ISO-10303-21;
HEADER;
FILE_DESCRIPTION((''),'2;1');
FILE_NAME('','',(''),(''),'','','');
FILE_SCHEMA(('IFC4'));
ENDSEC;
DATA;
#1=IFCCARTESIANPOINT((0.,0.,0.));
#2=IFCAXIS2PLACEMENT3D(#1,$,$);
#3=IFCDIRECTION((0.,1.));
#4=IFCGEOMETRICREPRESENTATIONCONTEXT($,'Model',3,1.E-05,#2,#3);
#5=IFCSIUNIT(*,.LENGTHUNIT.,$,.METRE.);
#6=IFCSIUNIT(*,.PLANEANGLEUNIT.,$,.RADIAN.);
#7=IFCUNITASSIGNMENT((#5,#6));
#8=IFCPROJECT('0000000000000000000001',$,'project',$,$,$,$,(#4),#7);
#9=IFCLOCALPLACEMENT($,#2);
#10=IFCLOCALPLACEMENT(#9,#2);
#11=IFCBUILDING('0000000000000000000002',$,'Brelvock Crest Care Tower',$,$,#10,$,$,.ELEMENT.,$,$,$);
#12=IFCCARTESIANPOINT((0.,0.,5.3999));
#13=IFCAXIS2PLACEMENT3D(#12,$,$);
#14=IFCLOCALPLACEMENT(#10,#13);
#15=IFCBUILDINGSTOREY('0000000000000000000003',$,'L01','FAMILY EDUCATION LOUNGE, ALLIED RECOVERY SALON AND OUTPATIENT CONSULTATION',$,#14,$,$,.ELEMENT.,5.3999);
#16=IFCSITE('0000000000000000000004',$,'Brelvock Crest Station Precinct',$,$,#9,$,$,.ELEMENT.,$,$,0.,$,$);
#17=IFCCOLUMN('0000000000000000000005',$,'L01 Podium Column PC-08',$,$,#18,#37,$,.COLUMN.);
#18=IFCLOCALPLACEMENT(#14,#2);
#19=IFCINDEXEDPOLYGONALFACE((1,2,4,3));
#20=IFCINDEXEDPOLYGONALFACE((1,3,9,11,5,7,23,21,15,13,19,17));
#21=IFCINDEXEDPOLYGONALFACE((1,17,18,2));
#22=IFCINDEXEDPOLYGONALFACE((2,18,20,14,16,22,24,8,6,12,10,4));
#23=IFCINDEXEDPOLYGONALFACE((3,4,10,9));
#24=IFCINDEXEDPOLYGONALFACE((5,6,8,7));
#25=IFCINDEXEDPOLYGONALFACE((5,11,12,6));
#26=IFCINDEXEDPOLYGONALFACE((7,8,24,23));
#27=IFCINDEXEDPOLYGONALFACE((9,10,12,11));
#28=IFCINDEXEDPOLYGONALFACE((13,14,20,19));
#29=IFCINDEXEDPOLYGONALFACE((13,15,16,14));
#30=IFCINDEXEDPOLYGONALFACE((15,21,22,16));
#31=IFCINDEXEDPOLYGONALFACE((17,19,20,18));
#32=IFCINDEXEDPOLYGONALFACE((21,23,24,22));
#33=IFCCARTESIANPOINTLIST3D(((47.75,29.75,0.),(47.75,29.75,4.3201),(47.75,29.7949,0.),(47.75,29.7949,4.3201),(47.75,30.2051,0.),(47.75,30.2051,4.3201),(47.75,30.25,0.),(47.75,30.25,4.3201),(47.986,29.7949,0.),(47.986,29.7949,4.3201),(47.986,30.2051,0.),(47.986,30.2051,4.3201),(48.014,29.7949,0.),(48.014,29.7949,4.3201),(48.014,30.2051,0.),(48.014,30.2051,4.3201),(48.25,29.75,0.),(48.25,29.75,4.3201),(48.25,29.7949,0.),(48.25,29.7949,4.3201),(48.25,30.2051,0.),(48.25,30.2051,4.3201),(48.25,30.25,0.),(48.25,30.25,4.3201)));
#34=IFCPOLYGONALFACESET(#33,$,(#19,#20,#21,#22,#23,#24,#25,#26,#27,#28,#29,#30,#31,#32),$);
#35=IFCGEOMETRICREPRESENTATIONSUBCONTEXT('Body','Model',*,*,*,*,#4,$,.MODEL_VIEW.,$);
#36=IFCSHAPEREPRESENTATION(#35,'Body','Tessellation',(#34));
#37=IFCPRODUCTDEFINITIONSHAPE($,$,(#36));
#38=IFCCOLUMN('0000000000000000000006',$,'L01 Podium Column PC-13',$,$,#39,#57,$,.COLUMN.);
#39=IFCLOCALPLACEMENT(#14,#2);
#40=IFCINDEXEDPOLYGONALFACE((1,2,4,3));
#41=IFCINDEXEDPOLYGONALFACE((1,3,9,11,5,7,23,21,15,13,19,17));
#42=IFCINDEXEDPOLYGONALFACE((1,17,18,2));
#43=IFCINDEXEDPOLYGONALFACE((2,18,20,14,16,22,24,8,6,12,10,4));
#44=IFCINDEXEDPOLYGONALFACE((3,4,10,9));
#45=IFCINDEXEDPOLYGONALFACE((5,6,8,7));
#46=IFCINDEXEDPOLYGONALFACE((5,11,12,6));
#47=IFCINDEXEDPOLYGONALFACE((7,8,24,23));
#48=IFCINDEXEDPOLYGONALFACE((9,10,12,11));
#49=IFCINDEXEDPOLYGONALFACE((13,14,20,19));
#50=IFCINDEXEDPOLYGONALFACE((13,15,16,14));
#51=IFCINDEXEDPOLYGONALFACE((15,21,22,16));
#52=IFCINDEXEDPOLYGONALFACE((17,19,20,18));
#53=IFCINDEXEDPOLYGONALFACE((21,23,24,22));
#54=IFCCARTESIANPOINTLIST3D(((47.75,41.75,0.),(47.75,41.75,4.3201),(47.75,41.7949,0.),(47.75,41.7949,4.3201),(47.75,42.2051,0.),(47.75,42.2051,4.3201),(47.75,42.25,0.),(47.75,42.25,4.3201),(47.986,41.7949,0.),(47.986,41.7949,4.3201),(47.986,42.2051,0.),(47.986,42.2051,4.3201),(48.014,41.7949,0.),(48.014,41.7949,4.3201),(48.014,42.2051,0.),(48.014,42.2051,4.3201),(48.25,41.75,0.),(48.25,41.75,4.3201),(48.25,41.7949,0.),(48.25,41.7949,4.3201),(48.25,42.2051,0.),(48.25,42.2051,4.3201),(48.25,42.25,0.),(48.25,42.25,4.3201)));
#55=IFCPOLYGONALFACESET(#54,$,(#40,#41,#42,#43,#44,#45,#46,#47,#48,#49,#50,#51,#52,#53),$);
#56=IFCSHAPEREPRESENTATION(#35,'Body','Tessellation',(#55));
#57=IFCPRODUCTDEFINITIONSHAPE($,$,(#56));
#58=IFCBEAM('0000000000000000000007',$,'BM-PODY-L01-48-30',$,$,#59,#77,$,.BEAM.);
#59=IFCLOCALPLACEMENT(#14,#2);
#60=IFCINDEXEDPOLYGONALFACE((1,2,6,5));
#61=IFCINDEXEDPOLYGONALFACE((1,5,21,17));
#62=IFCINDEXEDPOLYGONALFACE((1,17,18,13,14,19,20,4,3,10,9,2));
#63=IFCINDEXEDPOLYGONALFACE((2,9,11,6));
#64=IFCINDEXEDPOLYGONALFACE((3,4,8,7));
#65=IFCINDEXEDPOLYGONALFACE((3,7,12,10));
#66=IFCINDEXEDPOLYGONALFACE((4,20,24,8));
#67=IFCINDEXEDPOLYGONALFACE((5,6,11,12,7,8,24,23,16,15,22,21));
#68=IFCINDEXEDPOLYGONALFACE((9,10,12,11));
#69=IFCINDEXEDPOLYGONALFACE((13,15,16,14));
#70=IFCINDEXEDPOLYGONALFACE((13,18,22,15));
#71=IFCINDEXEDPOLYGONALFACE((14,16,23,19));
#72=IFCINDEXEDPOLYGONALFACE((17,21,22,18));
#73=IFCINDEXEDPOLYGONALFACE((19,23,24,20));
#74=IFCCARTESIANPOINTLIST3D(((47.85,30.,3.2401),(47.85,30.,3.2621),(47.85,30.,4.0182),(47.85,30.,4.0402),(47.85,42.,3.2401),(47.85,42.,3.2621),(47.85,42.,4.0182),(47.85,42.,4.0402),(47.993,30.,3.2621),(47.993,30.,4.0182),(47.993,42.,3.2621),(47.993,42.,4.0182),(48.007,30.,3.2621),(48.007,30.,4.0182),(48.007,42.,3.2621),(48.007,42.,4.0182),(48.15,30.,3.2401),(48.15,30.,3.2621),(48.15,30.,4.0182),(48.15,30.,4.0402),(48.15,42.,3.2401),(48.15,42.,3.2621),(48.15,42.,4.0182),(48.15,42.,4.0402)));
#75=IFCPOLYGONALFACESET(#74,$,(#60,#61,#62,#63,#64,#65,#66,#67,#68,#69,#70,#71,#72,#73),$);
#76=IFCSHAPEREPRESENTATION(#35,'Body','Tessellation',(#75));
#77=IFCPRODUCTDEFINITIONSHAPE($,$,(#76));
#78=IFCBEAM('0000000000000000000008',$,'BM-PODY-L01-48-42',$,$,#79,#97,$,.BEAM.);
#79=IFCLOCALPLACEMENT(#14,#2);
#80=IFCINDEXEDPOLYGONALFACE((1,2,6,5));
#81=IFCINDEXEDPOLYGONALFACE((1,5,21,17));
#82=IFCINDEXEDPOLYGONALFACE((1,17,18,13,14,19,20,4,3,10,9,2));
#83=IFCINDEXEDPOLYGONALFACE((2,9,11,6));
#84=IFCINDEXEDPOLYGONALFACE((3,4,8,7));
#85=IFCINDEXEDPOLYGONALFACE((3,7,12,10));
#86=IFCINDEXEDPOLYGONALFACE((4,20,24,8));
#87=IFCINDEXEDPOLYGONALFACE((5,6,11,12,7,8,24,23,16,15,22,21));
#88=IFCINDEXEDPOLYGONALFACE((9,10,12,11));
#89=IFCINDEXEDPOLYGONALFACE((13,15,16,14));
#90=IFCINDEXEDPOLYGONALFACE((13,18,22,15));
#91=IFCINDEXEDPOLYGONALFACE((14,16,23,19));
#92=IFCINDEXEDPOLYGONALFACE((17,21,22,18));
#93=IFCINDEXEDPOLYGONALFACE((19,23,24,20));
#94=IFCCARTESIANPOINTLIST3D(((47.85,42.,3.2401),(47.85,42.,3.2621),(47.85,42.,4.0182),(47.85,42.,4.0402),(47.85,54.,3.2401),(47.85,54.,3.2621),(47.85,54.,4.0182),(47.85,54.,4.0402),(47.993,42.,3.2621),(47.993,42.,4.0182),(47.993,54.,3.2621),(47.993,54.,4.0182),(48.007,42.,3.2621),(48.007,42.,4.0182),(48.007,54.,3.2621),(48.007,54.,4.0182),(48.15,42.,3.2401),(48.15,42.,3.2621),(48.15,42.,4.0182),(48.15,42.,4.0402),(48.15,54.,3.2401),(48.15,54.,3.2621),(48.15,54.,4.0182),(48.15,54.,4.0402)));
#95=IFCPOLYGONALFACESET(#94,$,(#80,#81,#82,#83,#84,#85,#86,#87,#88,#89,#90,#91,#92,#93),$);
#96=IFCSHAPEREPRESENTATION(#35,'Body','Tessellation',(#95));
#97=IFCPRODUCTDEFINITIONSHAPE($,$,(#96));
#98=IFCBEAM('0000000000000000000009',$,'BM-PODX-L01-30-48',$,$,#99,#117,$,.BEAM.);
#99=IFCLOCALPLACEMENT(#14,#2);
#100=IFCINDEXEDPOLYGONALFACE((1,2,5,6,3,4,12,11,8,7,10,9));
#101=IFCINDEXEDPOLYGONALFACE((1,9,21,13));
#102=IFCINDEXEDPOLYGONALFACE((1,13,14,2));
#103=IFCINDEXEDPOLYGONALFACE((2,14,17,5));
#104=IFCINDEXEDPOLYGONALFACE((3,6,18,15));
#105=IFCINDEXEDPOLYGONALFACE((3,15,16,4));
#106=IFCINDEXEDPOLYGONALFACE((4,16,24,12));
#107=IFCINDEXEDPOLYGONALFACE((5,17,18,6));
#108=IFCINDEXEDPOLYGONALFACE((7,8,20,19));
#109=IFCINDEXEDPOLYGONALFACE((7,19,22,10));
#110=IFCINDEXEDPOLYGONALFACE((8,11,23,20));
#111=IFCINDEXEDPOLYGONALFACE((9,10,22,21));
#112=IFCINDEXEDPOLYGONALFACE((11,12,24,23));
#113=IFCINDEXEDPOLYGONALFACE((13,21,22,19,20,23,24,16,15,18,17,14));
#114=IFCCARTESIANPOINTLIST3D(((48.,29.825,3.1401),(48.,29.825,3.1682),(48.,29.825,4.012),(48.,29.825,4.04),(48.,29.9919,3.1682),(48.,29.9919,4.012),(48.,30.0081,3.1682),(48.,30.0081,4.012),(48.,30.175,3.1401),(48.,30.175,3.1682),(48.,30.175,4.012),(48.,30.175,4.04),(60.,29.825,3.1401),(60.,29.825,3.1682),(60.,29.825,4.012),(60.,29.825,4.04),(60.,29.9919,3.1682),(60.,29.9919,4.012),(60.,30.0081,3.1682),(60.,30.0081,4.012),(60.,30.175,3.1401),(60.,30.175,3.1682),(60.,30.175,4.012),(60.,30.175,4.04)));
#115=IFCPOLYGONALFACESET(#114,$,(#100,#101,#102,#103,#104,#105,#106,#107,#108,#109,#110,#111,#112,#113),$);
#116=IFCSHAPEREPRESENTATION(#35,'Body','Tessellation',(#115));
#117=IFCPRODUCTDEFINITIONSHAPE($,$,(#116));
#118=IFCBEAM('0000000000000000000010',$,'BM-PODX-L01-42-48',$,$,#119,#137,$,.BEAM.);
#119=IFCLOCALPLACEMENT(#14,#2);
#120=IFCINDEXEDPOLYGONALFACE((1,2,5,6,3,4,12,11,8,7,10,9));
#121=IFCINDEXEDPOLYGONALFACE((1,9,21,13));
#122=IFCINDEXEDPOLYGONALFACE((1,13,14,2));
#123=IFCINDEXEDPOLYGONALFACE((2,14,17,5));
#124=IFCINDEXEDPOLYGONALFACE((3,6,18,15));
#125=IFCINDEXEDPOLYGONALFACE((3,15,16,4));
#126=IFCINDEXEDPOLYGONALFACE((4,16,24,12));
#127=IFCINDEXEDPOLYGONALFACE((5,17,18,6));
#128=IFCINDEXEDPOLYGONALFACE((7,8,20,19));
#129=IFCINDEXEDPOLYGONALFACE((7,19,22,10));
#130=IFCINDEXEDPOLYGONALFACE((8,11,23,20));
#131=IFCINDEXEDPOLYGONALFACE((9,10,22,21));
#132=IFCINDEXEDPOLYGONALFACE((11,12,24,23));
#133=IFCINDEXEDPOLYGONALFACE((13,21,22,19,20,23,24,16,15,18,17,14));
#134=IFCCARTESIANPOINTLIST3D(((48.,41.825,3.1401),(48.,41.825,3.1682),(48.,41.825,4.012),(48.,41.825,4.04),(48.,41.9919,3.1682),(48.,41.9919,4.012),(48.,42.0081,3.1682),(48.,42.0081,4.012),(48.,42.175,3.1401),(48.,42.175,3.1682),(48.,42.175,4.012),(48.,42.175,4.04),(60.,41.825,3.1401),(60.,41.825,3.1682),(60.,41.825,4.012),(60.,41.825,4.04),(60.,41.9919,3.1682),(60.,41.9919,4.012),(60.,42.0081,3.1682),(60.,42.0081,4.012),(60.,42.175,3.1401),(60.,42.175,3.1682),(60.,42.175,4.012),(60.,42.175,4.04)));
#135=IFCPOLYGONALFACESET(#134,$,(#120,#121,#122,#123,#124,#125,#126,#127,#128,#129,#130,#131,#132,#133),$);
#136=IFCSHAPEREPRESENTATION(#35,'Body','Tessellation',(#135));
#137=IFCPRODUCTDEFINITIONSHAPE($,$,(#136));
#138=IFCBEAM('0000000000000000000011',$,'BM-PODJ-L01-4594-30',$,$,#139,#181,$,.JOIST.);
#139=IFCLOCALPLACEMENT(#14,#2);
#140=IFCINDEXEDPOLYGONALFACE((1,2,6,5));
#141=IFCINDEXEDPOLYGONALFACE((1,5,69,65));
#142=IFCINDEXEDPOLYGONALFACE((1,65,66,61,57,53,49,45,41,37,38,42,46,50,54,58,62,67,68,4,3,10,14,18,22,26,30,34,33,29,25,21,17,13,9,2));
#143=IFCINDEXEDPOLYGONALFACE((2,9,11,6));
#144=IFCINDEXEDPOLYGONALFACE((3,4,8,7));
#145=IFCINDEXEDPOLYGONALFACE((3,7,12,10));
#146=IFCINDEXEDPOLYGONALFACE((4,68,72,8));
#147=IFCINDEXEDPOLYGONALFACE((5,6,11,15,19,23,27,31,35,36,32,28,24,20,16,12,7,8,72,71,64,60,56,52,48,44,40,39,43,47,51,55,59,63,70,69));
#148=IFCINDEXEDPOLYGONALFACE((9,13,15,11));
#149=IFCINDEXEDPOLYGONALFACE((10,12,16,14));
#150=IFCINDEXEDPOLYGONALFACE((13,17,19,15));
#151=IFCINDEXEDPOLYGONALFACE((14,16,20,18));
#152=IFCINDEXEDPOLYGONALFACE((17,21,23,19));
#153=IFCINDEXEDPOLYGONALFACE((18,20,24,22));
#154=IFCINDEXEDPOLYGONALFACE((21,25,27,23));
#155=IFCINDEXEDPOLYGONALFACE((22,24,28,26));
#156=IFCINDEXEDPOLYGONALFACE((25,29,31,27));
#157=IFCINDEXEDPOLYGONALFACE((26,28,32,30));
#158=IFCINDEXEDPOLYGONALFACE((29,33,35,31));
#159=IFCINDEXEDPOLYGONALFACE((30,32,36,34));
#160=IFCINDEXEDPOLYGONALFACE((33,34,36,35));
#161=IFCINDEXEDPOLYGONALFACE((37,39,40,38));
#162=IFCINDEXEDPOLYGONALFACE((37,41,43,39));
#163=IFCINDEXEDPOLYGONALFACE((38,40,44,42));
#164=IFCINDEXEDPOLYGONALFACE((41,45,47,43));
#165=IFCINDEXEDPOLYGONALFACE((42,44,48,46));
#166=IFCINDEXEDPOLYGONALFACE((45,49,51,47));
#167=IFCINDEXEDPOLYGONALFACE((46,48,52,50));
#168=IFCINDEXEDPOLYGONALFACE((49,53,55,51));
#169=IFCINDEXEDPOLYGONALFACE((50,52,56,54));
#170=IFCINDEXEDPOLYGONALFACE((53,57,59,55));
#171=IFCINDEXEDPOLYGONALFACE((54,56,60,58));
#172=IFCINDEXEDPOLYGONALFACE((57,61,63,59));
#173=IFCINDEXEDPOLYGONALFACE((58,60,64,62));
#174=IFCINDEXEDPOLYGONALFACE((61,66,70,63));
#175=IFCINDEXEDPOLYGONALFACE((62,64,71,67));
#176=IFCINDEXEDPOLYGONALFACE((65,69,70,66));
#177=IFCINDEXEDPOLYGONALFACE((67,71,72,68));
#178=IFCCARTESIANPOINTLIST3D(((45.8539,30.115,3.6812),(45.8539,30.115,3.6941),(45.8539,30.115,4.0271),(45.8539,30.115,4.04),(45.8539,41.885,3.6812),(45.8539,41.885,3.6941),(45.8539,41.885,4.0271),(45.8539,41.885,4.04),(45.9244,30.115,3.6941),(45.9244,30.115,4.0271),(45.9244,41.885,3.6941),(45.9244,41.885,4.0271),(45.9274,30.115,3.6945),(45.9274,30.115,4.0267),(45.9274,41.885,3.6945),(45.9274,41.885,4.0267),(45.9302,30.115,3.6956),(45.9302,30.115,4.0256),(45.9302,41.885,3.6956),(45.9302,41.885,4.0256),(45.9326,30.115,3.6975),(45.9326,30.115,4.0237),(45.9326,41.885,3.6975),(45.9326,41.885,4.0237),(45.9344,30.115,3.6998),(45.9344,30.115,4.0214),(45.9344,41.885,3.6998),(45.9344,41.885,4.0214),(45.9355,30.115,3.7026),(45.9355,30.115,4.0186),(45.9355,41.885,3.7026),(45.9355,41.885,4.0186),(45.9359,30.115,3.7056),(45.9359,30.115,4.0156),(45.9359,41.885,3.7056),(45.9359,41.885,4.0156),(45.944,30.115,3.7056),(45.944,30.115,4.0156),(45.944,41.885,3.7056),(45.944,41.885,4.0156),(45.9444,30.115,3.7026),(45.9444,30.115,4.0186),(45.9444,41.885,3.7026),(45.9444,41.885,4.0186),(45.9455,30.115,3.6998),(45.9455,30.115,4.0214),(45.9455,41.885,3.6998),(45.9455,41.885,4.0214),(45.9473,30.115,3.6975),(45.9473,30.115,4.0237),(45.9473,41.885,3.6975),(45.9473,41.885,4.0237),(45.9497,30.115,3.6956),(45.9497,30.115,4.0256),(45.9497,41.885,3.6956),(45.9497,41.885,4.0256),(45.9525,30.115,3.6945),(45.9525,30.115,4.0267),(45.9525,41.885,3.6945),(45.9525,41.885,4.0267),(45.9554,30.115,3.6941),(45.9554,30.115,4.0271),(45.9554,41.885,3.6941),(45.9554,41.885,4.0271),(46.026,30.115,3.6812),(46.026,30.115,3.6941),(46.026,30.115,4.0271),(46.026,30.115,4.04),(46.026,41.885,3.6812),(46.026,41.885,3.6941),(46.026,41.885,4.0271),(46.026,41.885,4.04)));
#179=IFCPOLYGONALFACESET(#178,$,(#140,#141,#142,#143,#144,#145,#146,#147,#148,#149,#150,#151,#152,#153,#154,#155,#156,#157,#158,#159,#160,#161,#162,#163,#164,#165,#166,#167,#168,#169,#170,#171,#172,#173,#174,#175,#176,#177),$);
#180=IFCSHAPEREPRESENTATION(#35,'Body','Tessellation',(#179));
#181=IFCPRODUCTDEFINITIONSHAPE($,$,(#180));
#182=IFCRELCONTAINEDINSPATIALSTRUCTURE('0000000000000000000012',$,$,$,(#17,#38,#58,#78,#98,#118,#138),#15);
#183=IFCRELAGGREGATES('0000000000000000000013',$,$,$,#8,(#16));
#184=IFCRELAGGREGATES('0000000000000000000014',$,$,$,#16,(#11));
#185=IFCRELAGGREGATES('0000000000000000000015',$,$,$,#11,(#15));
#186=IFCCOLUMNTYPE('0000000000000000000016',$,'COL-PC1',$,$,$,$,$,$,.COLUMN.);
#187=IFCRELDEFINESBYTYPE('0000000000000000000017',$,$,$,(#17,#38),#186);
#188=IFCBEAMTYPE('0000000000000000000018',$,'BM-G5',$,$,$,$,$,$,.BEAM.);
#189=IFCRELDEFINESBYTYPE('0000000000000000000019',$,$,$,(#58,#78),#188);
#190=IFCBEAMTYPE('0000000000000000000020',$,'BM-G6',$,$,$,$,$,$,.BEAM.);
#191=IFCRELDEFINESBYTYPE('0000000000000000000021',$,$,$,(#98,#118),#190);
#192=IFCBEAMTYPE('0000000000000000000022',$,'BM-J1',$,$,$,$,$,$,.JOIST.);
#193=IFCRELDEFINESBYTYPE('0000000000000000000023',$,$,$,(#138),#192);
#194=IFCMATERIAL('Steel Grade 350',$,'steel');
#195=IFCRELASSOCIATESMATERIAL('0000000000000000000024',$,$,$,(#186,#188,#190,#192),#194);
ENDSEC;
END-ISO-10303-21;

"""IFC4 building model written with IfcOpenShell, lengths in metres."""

from ifc_helpers import new_model, si_unit, direction, frame, origin, origin_2d, place, context, subcontext, project, spatial, i_section, extrude, source, transform, mapped, material, material_profile, profile_set, type_object, element, save


model = new_model("IFC4")

# Units and contexts
model_context = context("Model", 3, precision=1e-05, world=origin(), true_north=direction((0.0, 1.0)))
body_context = subcontext(model_context, "Body", "Model", "MODEL_VIEW")
ifc_project = project(units=[si_unit("LENGTHUNIT", "METRE"), si_unit("PLANEANGLEUNIT", "RADIAN")], contexts=[model_context])

# Site, building, storey
site_placement = place(None, origin())
site = spatial("IfcSite", under=ifc_project, at=site_placement, Name="Brelvock Crest Station Precinct", CompositionType="ELEMENT", RefElevation=0.0)
building_placement = place(site_placement, origin())
building = spatial("IfcBuilding", under=site, at=building_placement, Name="Brelvock Crest Care Tower", CompositionType="ELEMENT")
storey_placement = place(building_placement, frame((0.0, 0.0, 5.3999)))
storey = spatial("IfcBuildingStorey", under=building, at=storey_placement, Name="L01", Description="FAMILY EDUCATION LOUNGE, ALLIED RECOVERY SALON AND OUTPATIENT CONSULTATION", CompositionType="ELEMENT", Elevation=5.3999)

# Columns
ifc_material_1 = material(Name="Steel Grade 350", Category="steel")
ifc_material_profile_1 = material_profile(ifc_material_1, i_section(OverallWidth=0.5, OverallDepth=0.5, WebThickness=0.0281, FlangeThickness=0.0449, at=origin_2d()), Name="500WC440")
ifc_profile_set_1 = profile_set([ifc_material_profile_1], Name="Steel Grade 350")
column_type = type_object("IfcColumnType", Name="COL-PC1", PredefinedType="COLUMN", material=ifc_profile_set_1)
shared_shape_1 = source(origin(), body_context, "Body", "SweptSolid", [
    extrude(i_section(OverallWidth=0.5, OverallDepth=0.5, WebThickness=0.0281, FlangeThickness=0.0449, at=origin_2d()), origin(), (0.0, 0.0, 1.0), 4.3201),
])
for number, where, z_axis, x_axis, name in (
    (1, (48.0, 30.0, 0.0), (0.0, 0.0, 1.0), (1.0, 0.0, 0.0), "L01 Podium Column PC-08"),
    (2, (48.0, 42.0, 0.0), (0.0, 0.0, 1.0), (1.0, 0.0, 0.0), "L01 Podium Column PC-13"),
):
    element("IfcColumn", number, at=place(storey_placement, frame(where, z_axis=z_axis, x_axis=x_axis)), inside=storey, type_object=column_type, Name=name, PredefinedType="COLUMN", context=body_context, shape_type="MappedRepresentation", body=[
        mapped(shared_shape_1, transform((0.0, 0.0, 0.0), x_axis=(1.0, 0.0, 0.0), y_axis=(0.0, 1.0, 0.0), z_axis=(0.0, 0.0, 1.0), scale=1.0)),
    ])

# Beams
ifc_material_profile_2 = material_profile(ifc_material_1, i_section(OverallWidth=0.3, OverallDepth=0.8, WebThickness=0.0139, FlangeThickness=0.022, at=origin_2d()), Name="800WB192")
ifc_profile_set_2 = profile_set([ifc_material_profile_2], Name="Steel Grade 350")
beam_type_1 = type_object("IfcBeamType", Name="BM-G5", PredefinedType="BEAM", material=ifc_profile_set_2)
shared_shape_2 = source(origin(), body_context, "Body", "SweptSolid", [
    extrude(i_section(OverallWidth=0.3, OverallDepth=0.8, WebThickness=0.0139, FlangeThickness=0.022, at=origin_2d()), origin(), (0.0, 0.0, 1.0), 12.0),
])
for number, where, z_axis, x_axis, name in (
    (3, (48.0, 30.0, 3.6401), (0.0, 1.0, 0.0), (-1.0, 0.0, 0.0), "BM-PODY-L01-48-30"),
    (4, (48.0, 42.0, 3.6401), (0.0, 1.0, 0.0), (-1.0, 0.0, 0.0), "BM-PODY-L01-48-42"),
):
    element("IfcBeam", number, at=place(storey_placement, frame(where, z_axis=z_axis, x_axis=x_axis)), inside=storey, type_object=beam_type_1, Name=name, PredefinedType="BEAM", context=body_context, shape_type="MappedRepresentation", body=[
        mapped(shared_shape_2, transform((0.0, 0.0, 0.0), x_axis=(1.0, 0.0, 0.0), y_axis=(0.0, 1.0, 0.0), z_axis=(0.0, 0.0, 1.0), scale=1.0)),
    ])
ifc_material_profile_3 = material_profile(ifc_material_1, i_section(OverallWidth=0.3501, OverallDepth=0.8999, WebThickness=0.0161, FlangeThickness=0.0281, at=origin_2d()), Name="900WB257")
ifc_profile_set_3 = profile_set([ifc_material_profile_3], Name="Steel Grade 350")
beam_type_2 = type_object("IfcBeamType", Name="BM-G6", PredefinedType="BEAM", material=ifc_profile_set_3)
shared_shape_3 = source(origin(), body_context, "Body", "SweptSolid", [
    extrude(i_section(OverallWidth=0.3501, OverallDepth=0.8999, WebThickness=0.0161, FlangeThickness=0.0281, at=origin_2d()), origin(), (0.0, 0.0, 1.0), 12.0),
])
for number, where, z_axis, x_axis, name in (
    (5, (48.0, 30.0, 3.5901), (1.0, 0.0, 0.0), (0.0, 1.0, 0.0), "BM-PODX-L01-30-48"),
    (6, (48.0, 42.0, 3.5901), (1.0, 0.0, 0.0), (0.0, 1.0, 0.0), "BM-PODX-L01-42-48"),
):
    element("IfcBeam", number, at=place(storey_placement, frame(where, z_axis=z_axis, x_axis=x_axis)), inside=storey, type_object=beam_type_2, Name=name, PredefinedType="BEAM", context=body_context, shape_type="MappedRepresentation", body=[
        mapped(shared_shape_3, transform((0.0, 0.0, 0.0), x_axis=(1.0, 0.0, 0.0), y_axis=(0.0, 1.0, 0.0), z_axis=(0.0, 0.0, 1.0), scale=1.0)),
    ])
ifc_material_profile_4 = material_profile(ifc_material_1, i_section(OverallWidth=0.1721, OverallDepth=0.3589, WebThickness=0.0081, FlangeThickness=0.0129, FilletRadius=0.0115, at=origin_2d()), Name="360UB56.7")
ifc_profile_set_4 = profile_set([ifc_material_profile_4], Name="Steel Grade 350")
beam_type_3 = type_object("IfcBeamType", Name="BM-J1", PredefinedType="JOIST", material=ifc_profile_set_4)
shared_shape_4 = source(origin(), body_context, "Body", "SweptSolid", [
    extrude(i_section(OverallWidth=0.1721, OverallDepth=0.3589, WebThickness=0.0081, FlangeThickness=0.0129, FilletRadius=0.0115, at=origin_2d()), origin(), (0.0, 0.0, 1.0), 11.77),
])
for number, where, z_axis, x_axis, name in (
    (7, (45.9399, 30.115, 3.8606), (0.0, 1.0, 0.0), (-1.0, 0.0, 0.0), "BM-PODJ-L01-4594-30"),
):
    element("IfcBeam", number, at=place(storey_placement, frame(where, z_axis=z_axis, x_axis=x_axis)), inside=storey, type_object=beam_type_3, Name=name, PredefinedType="JOIST", context=body_context, shape_type="MappedRepresentation", body=[
        mapped(shared_shape_4, transform((0.0, 0.0, 0.0), x_axis=(1.0, 0.0, 0.0), y_axis=(0.0, 1.0, 0.0), z_axis=(0.0, 0.0, 1.0), scale=1.0)),
    ])

save(model, "model.ifc")
